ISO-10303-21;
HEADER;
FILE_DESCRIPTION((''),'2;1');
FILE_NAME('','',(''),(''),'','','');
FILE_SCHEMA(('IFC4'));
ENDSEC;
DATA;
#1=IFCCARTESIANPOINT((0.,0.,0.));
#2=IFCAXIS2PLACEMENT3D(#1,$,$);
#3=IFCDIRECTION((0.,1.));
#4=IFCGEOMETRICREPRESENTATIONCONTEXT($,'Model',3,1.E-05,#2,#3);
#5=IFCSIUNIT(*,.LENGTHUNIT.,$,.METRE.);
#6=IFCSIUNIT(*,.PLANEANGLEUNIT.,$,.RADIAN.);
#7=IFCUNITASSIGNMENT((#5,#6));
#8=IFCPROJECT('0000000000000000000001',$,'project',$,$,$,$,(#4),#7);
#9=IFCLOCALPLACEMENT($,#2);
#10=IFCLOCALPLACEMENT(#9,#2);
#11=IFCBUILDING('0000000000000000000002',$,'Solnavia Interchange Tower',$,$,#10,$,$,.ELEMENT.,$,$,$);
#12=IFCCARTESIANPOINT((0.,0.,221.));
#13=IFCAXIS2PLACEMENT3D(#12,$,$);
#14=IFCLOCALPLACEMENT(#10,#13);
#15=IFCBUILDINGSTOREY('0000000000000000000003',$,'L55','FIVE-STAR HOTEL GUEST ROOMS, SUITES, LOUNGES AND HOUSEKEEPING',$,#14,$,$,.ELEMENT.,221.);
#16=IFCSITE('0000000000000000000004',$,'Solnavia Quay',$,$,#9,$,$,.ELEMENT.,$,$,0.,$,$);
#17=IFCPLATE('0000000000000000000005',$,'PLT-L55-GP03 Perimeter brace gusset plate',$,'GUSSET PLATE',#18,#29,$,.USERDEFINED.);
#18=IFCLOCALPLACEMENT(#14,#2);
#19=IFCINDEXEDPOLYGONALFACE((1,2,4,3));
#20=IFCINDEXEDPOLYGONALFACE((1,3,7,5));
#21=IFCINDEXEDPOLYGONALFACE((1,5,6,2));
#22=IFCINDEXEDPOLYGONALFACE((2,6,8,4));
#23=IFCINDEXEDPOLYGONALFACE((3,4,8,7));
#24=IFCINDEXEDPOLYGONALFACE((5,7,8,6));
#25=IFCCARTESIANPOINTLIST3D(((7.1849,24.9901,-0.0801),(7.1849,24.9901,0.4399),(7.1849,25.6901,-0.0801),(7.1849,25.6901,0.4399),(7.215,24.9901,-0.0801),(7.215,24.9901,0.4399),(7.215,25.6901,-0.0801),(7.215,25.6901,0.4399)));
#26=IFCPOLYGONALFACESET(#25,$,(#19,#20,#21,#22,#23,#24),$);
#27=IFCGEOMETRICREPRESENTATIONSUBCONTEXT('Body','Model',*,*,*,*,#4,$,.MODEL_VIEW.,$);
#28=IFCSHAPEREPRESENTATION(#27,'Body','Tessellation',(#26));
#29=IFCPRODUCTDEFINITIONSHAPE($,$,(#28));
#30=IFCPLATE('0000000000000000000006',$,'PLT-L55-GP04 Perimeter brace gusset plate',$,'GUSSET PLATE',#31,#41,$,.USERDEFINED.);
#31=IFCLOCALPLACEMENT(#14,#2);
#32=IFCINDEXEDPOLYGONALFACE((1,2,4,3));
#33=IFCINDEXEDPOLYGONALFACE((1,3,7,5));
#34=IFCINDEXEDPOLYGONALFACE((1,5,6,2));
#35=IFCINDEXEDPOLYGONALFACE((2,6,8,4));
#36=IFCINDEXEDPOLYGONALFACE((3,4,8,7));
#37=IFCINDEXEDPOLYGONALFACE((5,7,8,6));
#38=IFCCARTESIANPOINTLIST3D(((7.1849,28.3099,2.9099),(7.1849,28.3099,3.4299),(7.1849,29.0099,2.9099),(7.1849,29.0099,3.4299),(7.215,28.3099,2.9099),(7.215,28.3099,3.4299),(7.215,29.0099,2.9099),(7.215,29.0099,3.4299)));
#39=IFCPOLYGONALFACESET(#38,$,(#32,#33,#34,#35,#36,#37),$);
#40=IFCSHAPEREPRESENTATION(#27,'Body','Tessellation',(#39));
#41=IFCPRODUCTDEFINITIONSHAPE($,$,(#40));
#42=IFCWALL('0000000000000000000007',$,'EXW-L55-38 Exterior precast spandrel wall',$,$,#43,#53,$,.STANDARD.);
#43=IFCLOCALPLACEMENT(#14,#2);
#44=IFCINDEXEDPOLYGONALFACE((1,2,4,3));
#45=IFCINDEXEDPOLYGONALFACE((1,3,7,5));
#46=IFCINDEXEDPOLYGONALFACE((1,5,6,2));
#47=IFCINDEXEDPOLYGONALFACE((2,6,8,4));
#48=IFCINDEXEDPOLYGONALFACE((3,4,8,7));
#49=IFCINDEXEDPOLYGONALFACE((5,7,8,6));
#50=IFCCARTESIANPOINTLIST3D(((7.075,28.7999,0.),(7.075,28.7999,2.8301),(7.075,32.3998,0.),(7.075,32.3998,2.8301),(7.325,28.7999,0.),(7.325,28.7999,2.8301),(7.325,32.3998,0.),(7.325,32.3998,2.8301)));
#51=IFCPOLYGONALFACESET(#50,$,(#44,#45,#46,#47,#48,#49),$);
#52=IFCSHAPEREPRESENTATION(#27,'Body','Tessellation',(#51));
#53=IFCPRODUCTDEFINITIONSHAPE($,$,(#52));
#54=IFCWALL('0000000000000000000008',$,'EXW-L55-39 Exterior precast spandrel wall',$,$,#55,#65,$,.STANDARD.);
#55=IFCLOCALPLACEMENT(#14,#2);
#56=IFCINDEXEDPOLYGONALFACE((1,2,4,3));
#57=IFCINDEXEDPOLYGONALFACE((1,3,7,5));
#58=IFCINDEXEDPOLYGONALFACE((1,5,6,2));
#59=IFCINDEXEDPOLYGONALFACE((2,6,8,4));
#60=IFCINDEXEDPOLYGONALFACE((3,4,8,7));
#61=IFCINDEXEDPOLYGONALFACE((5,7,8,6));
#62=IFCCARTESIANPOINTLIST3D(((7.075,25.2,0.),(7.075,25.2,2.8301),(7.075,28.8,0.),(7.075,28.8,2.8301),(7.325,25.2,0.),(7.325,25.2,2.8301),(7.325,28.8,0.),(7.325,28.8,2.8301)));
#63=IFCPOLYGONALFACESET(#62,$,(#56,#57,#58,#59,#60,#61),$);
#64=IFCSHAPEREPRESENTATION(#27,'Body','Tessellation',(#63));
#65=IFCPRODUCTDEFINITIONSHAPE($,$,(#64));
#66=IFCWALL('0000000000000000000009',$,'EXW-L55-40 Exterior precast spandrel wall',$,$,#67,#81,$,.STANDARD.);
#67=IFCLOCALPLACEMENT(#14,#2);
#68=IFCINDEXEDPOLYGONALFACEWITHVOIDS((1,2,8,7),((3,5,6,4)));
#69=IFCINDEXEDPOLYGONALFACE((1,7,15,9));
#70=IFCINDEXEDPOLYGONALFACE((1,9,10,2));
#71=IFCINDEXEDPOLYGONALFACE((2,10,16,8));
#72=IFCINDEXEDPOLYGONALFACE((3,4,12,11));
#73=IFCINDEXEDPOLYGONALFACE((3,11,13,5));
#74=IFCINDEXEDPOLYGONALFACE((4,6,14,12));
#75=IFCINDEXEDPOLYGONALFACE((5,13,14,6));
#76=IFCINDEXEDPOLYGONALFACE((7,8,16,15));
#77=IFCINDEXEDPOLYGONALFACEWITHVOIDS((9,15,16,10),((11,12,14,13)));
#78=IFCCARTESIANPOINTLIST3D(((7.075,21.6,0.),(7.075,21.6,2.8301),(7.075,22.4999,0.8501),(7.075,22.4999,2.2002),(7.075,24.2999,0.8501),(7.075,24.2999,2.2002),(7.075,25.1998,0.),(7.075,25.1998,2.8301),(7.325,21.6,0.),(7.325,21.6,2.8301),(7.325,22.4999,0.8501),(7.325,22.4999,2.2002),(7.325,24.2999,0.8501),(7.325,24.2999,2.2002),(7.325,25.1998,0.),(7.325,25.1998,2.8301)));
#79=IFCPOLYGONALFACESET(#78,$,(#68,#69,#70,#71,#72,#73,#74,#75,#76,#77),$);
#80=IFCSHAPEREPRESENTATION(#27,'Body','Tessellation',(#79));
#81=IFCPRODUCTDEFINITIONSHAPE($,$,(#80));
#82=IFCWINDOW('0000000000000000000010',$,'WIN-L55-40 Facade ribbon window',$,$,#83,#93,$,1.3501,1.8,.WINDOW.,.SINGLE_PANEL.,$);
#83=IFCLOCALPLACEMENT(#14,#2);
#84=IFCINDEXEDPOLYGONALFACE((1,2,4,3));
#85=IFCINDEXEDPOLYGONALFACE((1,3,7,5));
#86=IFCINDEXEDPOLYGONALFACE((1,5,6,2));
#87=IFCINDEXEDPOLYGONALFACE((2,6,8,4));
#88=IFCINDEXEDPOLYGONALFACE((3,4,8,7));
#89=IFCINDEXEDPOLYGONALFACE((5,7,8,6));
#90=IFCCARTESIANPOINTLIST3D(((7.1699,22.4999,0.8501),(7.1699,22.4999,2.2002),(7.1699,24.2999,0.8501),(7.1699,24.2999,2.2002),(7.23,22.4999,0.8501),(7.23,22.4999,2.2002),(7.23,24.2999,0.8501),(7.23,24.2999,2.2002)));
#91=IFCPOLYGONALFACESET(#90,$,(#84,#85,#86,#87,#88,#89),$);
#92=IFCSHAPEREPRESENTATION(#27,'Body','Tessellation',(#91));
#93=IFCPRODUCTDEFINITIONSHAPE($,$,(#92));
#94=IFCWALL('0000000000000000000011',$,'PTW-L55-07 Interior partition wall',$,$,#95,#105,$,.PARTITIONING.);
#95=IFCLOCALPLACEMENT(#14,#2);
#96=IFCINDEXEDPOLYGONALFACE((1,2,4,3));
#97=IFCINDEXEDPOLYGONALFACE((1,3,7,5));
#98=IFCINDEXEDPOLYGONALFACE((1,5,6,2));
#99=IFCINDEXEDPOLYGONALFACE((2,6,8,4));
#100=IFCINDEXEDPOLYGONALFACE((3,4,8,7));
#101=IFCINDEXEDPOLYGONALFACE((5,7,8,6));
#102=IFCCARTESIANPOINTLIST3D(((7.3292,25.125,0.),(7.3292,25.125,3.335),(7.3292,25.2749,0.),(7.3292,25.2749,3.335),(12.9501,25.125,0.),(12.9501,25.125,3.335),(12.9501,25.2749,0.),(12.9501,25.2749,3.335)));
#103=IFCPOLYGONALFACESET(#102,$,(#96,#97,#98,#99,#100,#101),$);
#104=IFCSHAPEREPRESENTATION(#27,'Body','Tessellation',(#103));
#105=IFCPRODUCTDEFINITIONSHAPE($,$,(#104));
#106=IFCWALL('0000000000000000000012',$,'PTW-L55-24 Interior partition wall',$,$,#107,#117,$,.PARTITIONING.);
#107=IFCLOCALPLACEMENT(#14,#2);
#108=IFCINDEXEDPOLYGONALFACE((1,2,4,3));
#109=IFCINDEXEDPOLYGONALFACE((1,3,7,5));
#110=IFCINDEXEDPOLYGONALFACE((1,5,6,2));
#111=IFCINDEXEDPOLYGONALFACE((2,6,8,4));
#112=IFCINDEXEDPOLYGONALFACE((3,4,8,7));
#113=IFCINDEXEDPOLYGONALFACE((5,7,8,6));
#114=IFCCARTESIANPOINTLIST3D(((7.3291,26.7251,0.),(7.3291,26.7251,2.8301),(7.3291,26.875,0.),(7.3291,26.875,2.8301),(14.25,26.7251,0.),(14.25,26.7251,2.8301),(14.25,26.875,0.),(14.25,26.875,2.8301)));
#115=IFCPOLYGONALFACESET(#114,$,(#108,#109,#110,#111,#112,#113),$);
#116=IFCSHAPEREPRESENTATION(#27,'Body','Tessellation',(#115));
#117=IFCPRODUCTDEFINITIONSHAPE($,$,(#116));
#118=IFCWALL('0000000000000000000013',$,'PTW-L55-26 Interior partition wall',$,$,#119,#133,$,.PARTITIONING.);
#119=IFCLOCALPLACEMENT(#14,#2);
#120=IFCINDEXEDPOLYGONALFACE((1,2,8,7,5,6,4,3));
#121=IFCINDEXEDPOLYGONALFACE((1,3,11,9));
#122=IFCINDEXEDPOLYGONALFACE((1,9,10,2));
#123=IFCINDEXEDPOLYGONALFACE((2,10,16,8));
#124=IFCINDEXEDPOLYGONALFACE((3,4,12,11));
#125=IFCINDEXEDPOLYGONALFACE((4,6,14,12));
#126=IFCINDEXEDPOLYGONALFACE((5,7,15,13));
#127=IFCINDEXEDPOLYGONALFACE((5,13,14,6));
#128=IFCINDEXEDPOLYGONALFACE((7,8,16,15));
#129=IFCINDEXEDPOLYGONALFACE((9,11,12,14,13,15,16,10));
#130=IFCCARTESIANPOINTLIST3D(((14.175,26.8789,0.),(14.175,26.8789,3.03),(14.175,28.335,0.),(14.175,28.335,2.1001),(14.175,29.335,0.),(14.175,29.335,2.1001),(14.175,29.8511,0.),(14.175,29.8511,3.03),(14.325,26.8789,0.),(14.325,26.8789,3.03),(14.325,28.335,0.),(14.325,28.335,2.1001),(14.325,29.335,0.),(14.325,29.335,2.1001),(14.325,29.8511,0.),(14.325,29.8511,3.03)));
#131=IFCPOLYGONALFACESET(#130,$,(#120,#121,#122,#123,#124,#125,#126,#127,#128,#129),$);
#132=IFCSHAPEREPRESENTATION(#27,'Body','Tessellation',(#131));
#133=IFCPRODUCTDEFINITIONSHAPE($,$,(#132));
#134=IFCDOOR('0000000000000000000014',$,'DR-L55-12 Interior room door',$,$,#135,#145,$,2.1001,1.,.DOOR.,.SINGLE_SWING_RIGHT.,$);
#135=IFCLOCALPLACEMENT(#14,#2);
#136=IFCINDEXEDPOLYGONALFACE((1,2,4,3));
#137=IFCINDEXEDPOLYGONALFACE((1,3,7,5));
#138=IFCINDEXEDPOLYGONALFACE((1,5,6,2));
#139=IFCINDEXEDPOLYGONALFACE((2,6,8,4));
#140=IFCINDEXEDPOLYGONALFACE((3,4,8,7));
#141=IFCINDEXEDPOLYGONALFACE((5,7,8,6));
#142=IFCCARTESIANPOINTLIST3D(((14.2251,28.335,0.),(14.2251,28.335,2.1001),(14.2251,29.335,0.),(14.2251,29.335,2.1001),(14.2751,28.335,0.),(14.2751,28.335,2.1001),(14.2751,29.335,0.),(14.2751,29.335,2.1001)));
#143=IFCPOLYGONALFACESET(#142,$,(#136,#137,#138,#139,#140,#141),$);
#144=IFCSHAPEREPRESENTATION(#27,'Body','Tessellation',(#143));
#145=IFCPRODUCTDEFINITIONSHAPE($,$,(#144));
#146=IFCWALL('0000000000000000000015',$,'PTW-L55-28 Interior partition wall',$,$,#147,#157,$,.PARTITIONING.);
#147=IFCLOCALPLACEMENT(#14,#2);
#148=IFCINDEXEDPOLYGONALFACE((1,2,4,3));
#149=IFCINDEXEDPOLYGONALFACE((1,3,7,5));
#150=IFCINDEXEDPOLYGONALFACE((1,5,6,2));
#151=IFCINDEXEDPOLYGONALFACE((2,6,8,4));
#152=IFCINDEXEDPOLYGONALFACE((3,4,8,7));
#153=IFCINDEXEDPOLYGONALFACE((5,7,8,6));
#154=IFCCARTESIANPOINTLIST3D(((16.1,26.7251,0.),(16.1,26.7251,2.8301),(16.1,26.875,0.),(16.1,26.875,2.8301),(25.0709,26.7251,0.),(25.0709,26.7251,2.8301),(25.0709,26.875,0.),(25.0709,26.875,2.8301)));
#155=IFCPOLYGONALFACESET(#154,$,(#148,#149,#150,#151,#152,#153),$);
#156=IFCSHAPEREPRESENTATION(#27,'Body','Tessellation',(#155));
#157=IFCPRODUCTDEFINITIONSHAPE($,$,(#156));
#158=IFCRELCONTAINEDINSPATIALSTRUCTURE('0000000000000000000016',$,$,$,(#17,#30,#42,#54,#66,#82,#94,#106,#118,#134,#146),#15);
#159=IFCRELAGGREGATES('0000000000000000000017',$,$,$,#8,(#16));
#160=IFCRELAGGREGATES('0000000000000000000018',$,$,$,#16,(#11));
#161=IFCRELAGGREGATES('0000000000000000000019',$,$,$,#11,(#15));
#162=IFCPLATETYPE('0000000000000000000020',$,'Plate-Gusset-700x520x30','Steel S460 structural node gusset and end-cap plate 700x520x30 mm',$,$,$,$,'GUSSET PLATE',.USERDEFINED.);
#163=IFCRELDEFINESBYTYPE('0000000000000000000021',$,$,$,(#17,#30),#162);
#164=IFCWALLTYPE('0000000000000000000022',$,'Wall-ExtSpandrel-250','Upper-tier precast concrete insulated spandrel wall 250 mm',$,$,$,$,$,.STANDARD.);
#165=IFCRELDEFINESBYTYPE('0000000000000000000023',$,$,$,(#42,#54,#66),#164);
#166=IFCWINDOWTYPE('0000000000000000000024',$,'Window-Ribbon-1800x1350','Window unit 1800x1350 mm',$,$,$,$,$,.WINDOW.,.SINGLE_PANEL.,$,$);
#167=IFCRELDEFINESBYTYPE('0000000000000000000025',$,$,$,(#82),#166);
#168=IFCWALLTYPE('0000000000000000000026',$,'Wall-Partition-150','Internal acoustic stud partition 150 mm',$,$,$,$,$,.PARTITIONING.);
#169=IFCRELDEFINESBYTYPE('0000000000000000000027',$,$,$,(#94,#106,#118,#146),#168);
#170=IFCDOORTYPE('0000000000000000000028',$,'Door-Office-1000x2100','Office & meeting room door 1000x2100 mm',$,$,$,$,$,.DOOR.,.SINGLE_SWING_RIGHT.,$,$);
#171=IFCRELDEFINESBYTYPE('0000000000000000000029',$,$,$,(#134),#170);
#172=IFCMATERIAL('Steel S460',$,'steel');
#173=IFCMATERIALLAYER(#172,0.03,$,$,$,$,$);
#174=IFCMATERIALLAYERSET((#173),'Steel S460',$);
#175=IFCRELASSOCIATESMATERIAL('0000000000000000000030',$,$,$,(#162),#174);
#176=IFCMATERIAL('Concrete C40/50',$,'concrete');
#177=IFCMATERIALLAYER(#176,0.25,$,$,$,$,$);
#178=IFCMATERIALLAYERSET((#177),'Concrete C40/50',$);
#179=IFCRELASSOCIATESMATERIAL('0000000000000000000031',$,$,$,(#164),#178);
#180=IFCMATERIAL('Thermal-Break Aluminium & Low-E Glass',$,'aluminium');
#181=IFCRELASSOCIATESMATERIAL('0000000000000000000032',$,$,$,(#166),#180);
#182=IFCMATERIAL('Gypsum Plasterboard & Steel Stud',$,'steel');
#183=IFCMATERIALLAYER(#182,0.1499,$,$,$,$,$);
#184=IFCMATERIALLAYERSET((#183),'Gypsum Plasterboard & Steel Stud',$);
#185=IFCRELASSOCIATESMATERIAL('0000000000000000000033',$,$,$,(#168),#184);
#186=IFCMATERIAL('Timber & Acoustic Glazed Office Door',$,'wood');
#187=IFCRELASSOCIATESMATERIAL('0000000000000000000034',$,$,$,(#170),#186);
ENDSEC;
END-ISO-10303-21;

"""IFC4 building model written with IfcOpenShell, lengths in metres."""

from ifc_helpers import new_model, si_unit, direction, frame, frame_2d, origin, origin_2d, place, context, subcontext, project, spatial, rectangle, extrude, material, layer, layer_set, type_object, element, fill, save


model = new_model("IFC4")

# Units and contexts
model_context = context("Model", 3, precision=1e-05, world=origin(), true_north=direction((0.0, 1.0)))
body_context = subcontext(model_context, "Body", "Model", "MODEL_VIEW")
ifc_project = project(units=[si_unit("LENGTHUNIT", "METRE"), si_unit("PLANEANGLEUNIT", "RADIAN")], contexts=[model_context])

# Site, building, storey
site_placement = place(None, origin())
site = spatial("IfcSite", under=ifc_project, at=site_placement, Name="Solnavia Quay", CompositionType="ELEMENT", RefElevation=0.0)
building_placement = place(site_placement, origin())
building = spatial("IfcBuilding", under=site, at=building_placement, Name="Solnavia Interchange Tower", CompositionType="ELEMENT")
storey_placement = place(building_placement, frame((0.0, 0.0, 221.0)))
storey = spatial("IfcBuildingStorey", under=building, at=storey_placement, Name="L55", Description="FIVE-STAR HOTEL GUEST ROOMS, SUITES, LOUNGES AND HOUSEKEEPING", CompositionType="ELEMENT", Elevation=221.0)

# Shared definitions
ifc_material_1 = material(Name="Steel S460", Category="steel")

# Plates
ifc_layer_1 = layer(ifc_material_1, 0.03)
ifc_layer_set_1 = layer_set([ifc_layer_1], Name="Steel S460")
plate_type = type_object("IfcPlateType", Name="Plate-Gusset-700x520x30", Description="Steel S460 structural node gusset and end-cap plate 700x520x30 mm", ElementType="GUSSET PLATE", PredefinedType="USERDEFINED", material=ifc_layer_set_1)
for number, where, z_axis, x_axis, name in (
    (1, (7.2, 25.3401, -0.0801), (0.0, 0.0, 1.0), (0.0, 1.0, 0.0), "PLT-L55-GP03 Perimeter brace gusset plate"),
    (2, (7.2, 28.6599, 2.9099), (0.0, 0.0, 1.0), (0.0, 1.0, 0.0), "PLT-L55-GP04 Perimeter brace gusset plate"),
):
    element("IfcPlate", number, at=place(storey_placement, frame(where, z_axis=z_axis, x_axis=x_axis)), inside=storey, type_object=plate_type, Name=name, ObjectType="GUSSET PLATE", PredefinedType="USERDEFINED", context=body_context, shape_type="SweptSolid", body=[
        extrude(rectangle(XDim=0.7, YDim=0.03, at=origin_2d()), origin(), (0.0, 0.0, 1.0), 0.52),
    ])

# Walls
ifc_material_2 = material(Name="Concrete C40/50", Category="concrete")
ifc_layer_2 = layer(ifc_material_2, 0.25)
ifc_layer_set_2 = layer_set([ifc_layer_2], Name="Concrete C40/50")
wall_type_1 = type_object("IfcWallType", Name="Wall-ExtSpandrel-250", Description="Upper-tier precast concrete insulated spandrel wall 250 mm", PredefinedType="STANDARD", material=ifc_layer_set_2)
wall_1_placement = place(storey_placement, frame((7.2, 28.8, 0.0), z_axis=(0.0, 0.0, 1.0), x_axis=(0.0, 1.0, 0.0)))
element("IfcWall", 3, at=wall_1_placement, inside=storey, type_object=wall_type_1, Name="EXW-L55-38 Exterior precast spandrel wall", PredefinedType="STANDARD", context=body_context, shape_type="SweptSolid", body=[
    extrude(rectangle(XDim=3.5999, YDim=0.25, at=frame_2d((1.7998, 0.0))), origin(), (0.0, 0.0, 1.0), 2.8301),
])
wall_2_placement = place(storey_placement, frame((7.2, 25.2, 0.0), z_axis=(0.0, 0.0, 1.0), x_axis=(0.0, 1.0, 0.0)))
element("IfcWall", 4, at=wall_2_placement, inside=storey, type_object=wall_type_1, Name="EXW-L55-39 Exterior precast spandrel wall", PredefinedType="STANDARD", context=body_context, shape_type="SweptSolid", body=[
    extrude(rectangle(XDim=3.6001, YDim=0.25, at=frame_2d((1.8, 0.0))), origin(), (0.0, 0.0, 1.0), 2.8301),
])

# Wall, opening, window
wall_3_placement = place(storey_placement, frame((7.2, 21.6001, 0.0), z_axis=(0.0, 0.0, 1.0), x_axis=(0.0, 1.0, 0.0)))
wall_3 = element("IfcWall", 5, at=wall_3_placement, inside=storey, type_object=wall_type_1, Name="EXW-L55-40 Exterior precast spandrel wall", PredefinedType="STANDARD", context=body_context, shape_type="SweptSolid", body=[
    extrude(rectangle(XDim=3.5999, YDim=0.25, at=frame_2d((1.7998, 0.0))), origin(), (0.0, 0.0, 1.0), 2.8301),
])
opening_1_placement = place(wall_3_placement, frame((0.8999, 0.0, 0.8501)))
opening_1 = element("IfcOpeningElement", 6, at=opening_1_placement, cuts=wall_3, PredefinedType="OPENING", context=body_context, shape_type="SweptSolid", body=[
    extrude(rectangle(XDim=1.8, YDim=1.3501, at=frame_2d((0.8999, 0.675))), frame((0.0, 0.135, 0.0), z_axis=(0.0, -1.0, 0.0), x_axis=(1.0, 0.0, 0.0)), (0.0, 0.0, 1.0), 0.27),
])
ifc_material_3 = material(Name="Thermal-Break Aluminium & Low-E Glass", Category="aluminium")
window_type = type_object("IfcWindowType", Name="Window-Ribbon-1800x1350", Description="Window unit 1800x1350 mm", PartitioningType="SINGLE_PANEL", PredefinedType="WINDOW", material=ifc_material_3)
window_placement = place(opening_1_placement, origin())
window = element("IfcWindow", 7, at=window_placement, inside=storey, type_object=window_type, Name="WIN-L55-40 Facade ribbon window", OverallHeight=1.3501, OverallWidth=1.8, PartitioningType="SINGLE_PANEL", PredefinedType="WINDOW", context=body_context, shape_type="SweptSolid", body=[
    extrude(rectangle(XDim=1.8, YDim=1.3501, at=frame_2d((0.8999, 0.675))), frame((0.0, 0.03, 0.0), z_axis=(0.0, -1.0, 0.0), x_axis=(1.0, 0.0, 0.0)), (0.0, 0.0, 1.0), 0.0601),
])
fill(opening_1, window)

# Walls
ifc_material_4 = material(Name="Gypsum Plasterboard & Steel Stud", Category="steel")
ifc_layer_3 = layer(ifc_material_4, 0.1499)
ifc_layer_set_3 = layer_set([ifc_layer_3], Name="Gypsum Plasterboard & Steel Stud")
wall_type_2 = type_object("IfcWallType", Name="Wall-Partition-150", Description="Internal acoustic stud partition 150 mm", PredefinedType="PARTITIONING", material=ifc_layer_set_3)
wall_4_placement = place(storey_placement, frame((7.3291, 25.2, 0.0), z_axis=(0.0, 0.0, 1.0), x_axis=(1.0, 0.0, 0.0)))
element("IfcWall", 8, at=wall_4_placement, inside=storey, type_object=wall_type_2, Name="PTW-L55-07 Interior partition wall", PredefinedType="PARTITIONING", context=body_context, shape_type="SweptSolid", body=[
    extrude(rectangle(XDim=5.6208, YDim=0.1499, at=frame_2d((2.8105, 0.0))), origin(), (0.0, 0.0, 1.0), 3.335),
])
wall_5_placement = place(storey_placement, frame((7.3291, 26.8, 0.0), z_axis=(0.0, 0.0, 1.0), x_axis=(1.0, 0.0, 0.0)))
element("IfcWall", 9, at=wall_5_placement, inside=storey, type_object=wall_type_2, Name="PTW-L55-24 Interior partition wall", PredefinedType="PARTITIONING", context=body_context, shape_type="SweptSolid", body=[
    extrude(rectangle(XDim=6.9209, YDim=0.1499, at=frame_2d((3.4604, 0.0))), origin(), (0.0, 0.0, 1.0), 2.8301),
])

# Wall, opening, door
wall_6_placement = place(storey_placement, frame((14.25, 26.8789, 0.0), z_axis=(0.0, 0.0, 1.0), x_axis=(0.0, 1.0, 0.0)))
wall_6 = element("IfcWall", 10, at=wall_6_placement, inside=storey, type_object=wall_type_2, Name="PTW-L55-26 Interior partition wall", PredefinedType="PARTITIONING", context=body_context, shape_type="SweptSolid", body=[
    extrude(rectangle(XDim=2.9722, YDim=0.1499, at=frame_2d((1.4861, 0.0))), origin(), (0.0, 0.0, 1.0), 3.03),
])
opening_2_placement = place(wall_6_placement, frame((1.4561, 0.0, 0.0)))
opening_2 = element("IfcOpeningElement", 11, at=opening_2_placement, cuts=wall_6, PredefinedType="OPENING", context=body_context, shape_type="SweptSolid", body=[
    extrude(rectangle(XDim=1.0, YDim=2.1001, at=frame_2d((0.5, 1.05))), frame((0.0, 0.085, 0.0), z_axis=(0.0, -1.0, 0.0), x_axis=(1.0, 0.0, 0.0)), (0.0, 0.0, 1.0), 0.1699),
])
ifc_material_5 = material(Name="Timber & Acoustic Glazed Office Door", Category="wood")
door_type = type_object("IfcDoorType", Name="Door-Office-1000x2100", Description="Office & meeting room door 1000x2100 mm", OperationType="SINGLE_SWING_RIGHT", PredefinedType="DOOR", material=ifc_material_5)
door_1_placement = place(opening_2_placement, origin())
door_1 = element("IfcDoor", 12, at=door_1_placement, inside=storey, type_object=door_type, Name="DR-L55-12 Interior room door", OperationType="SINGLE_SWING_RIGHT", OverallHeight=2.1001, OverallWidth=1.0, PredefinedType="DOOR", context=body_context, shape_type="SweptSolid", body=[
    extrude(rectangle(XDim=1.0, YDim=2.1001, at=frame_2d((0.5, 1.05))), frame((0.0, 0.0249, 0.0), z_axis=(0.0, -1.0, 0.0), x_axis=(1.0, 0.0, 0.0)), (0.0, 0.0, 1.0), 0.05),
])
fill(opening_2, door_1)

# Wall
wall_7_placement = place(storey_placement, frame((16.1001, 26.8, 0.0), z_axis=(0.0, 0.0, 1.0), x_axis=(1.0, 0.0, 0.0)))
element("IfcWall", 13, at=wall_7_placement, inside=storey, type_object=wall_type_2, Name="PTW-L55-28 Interior partition wall", PredefinedType="PARTITIONING", context=body_context, shape_type="SweptSolid", body=[
    extrude(rectangle(XDim=8.9709, YDim=0.1499, at=frame_2d((4.4854, 0.0))), origin(), (0.0, 0.0, 1.0), 2.8301),
])

save(model, "model.ifc")
